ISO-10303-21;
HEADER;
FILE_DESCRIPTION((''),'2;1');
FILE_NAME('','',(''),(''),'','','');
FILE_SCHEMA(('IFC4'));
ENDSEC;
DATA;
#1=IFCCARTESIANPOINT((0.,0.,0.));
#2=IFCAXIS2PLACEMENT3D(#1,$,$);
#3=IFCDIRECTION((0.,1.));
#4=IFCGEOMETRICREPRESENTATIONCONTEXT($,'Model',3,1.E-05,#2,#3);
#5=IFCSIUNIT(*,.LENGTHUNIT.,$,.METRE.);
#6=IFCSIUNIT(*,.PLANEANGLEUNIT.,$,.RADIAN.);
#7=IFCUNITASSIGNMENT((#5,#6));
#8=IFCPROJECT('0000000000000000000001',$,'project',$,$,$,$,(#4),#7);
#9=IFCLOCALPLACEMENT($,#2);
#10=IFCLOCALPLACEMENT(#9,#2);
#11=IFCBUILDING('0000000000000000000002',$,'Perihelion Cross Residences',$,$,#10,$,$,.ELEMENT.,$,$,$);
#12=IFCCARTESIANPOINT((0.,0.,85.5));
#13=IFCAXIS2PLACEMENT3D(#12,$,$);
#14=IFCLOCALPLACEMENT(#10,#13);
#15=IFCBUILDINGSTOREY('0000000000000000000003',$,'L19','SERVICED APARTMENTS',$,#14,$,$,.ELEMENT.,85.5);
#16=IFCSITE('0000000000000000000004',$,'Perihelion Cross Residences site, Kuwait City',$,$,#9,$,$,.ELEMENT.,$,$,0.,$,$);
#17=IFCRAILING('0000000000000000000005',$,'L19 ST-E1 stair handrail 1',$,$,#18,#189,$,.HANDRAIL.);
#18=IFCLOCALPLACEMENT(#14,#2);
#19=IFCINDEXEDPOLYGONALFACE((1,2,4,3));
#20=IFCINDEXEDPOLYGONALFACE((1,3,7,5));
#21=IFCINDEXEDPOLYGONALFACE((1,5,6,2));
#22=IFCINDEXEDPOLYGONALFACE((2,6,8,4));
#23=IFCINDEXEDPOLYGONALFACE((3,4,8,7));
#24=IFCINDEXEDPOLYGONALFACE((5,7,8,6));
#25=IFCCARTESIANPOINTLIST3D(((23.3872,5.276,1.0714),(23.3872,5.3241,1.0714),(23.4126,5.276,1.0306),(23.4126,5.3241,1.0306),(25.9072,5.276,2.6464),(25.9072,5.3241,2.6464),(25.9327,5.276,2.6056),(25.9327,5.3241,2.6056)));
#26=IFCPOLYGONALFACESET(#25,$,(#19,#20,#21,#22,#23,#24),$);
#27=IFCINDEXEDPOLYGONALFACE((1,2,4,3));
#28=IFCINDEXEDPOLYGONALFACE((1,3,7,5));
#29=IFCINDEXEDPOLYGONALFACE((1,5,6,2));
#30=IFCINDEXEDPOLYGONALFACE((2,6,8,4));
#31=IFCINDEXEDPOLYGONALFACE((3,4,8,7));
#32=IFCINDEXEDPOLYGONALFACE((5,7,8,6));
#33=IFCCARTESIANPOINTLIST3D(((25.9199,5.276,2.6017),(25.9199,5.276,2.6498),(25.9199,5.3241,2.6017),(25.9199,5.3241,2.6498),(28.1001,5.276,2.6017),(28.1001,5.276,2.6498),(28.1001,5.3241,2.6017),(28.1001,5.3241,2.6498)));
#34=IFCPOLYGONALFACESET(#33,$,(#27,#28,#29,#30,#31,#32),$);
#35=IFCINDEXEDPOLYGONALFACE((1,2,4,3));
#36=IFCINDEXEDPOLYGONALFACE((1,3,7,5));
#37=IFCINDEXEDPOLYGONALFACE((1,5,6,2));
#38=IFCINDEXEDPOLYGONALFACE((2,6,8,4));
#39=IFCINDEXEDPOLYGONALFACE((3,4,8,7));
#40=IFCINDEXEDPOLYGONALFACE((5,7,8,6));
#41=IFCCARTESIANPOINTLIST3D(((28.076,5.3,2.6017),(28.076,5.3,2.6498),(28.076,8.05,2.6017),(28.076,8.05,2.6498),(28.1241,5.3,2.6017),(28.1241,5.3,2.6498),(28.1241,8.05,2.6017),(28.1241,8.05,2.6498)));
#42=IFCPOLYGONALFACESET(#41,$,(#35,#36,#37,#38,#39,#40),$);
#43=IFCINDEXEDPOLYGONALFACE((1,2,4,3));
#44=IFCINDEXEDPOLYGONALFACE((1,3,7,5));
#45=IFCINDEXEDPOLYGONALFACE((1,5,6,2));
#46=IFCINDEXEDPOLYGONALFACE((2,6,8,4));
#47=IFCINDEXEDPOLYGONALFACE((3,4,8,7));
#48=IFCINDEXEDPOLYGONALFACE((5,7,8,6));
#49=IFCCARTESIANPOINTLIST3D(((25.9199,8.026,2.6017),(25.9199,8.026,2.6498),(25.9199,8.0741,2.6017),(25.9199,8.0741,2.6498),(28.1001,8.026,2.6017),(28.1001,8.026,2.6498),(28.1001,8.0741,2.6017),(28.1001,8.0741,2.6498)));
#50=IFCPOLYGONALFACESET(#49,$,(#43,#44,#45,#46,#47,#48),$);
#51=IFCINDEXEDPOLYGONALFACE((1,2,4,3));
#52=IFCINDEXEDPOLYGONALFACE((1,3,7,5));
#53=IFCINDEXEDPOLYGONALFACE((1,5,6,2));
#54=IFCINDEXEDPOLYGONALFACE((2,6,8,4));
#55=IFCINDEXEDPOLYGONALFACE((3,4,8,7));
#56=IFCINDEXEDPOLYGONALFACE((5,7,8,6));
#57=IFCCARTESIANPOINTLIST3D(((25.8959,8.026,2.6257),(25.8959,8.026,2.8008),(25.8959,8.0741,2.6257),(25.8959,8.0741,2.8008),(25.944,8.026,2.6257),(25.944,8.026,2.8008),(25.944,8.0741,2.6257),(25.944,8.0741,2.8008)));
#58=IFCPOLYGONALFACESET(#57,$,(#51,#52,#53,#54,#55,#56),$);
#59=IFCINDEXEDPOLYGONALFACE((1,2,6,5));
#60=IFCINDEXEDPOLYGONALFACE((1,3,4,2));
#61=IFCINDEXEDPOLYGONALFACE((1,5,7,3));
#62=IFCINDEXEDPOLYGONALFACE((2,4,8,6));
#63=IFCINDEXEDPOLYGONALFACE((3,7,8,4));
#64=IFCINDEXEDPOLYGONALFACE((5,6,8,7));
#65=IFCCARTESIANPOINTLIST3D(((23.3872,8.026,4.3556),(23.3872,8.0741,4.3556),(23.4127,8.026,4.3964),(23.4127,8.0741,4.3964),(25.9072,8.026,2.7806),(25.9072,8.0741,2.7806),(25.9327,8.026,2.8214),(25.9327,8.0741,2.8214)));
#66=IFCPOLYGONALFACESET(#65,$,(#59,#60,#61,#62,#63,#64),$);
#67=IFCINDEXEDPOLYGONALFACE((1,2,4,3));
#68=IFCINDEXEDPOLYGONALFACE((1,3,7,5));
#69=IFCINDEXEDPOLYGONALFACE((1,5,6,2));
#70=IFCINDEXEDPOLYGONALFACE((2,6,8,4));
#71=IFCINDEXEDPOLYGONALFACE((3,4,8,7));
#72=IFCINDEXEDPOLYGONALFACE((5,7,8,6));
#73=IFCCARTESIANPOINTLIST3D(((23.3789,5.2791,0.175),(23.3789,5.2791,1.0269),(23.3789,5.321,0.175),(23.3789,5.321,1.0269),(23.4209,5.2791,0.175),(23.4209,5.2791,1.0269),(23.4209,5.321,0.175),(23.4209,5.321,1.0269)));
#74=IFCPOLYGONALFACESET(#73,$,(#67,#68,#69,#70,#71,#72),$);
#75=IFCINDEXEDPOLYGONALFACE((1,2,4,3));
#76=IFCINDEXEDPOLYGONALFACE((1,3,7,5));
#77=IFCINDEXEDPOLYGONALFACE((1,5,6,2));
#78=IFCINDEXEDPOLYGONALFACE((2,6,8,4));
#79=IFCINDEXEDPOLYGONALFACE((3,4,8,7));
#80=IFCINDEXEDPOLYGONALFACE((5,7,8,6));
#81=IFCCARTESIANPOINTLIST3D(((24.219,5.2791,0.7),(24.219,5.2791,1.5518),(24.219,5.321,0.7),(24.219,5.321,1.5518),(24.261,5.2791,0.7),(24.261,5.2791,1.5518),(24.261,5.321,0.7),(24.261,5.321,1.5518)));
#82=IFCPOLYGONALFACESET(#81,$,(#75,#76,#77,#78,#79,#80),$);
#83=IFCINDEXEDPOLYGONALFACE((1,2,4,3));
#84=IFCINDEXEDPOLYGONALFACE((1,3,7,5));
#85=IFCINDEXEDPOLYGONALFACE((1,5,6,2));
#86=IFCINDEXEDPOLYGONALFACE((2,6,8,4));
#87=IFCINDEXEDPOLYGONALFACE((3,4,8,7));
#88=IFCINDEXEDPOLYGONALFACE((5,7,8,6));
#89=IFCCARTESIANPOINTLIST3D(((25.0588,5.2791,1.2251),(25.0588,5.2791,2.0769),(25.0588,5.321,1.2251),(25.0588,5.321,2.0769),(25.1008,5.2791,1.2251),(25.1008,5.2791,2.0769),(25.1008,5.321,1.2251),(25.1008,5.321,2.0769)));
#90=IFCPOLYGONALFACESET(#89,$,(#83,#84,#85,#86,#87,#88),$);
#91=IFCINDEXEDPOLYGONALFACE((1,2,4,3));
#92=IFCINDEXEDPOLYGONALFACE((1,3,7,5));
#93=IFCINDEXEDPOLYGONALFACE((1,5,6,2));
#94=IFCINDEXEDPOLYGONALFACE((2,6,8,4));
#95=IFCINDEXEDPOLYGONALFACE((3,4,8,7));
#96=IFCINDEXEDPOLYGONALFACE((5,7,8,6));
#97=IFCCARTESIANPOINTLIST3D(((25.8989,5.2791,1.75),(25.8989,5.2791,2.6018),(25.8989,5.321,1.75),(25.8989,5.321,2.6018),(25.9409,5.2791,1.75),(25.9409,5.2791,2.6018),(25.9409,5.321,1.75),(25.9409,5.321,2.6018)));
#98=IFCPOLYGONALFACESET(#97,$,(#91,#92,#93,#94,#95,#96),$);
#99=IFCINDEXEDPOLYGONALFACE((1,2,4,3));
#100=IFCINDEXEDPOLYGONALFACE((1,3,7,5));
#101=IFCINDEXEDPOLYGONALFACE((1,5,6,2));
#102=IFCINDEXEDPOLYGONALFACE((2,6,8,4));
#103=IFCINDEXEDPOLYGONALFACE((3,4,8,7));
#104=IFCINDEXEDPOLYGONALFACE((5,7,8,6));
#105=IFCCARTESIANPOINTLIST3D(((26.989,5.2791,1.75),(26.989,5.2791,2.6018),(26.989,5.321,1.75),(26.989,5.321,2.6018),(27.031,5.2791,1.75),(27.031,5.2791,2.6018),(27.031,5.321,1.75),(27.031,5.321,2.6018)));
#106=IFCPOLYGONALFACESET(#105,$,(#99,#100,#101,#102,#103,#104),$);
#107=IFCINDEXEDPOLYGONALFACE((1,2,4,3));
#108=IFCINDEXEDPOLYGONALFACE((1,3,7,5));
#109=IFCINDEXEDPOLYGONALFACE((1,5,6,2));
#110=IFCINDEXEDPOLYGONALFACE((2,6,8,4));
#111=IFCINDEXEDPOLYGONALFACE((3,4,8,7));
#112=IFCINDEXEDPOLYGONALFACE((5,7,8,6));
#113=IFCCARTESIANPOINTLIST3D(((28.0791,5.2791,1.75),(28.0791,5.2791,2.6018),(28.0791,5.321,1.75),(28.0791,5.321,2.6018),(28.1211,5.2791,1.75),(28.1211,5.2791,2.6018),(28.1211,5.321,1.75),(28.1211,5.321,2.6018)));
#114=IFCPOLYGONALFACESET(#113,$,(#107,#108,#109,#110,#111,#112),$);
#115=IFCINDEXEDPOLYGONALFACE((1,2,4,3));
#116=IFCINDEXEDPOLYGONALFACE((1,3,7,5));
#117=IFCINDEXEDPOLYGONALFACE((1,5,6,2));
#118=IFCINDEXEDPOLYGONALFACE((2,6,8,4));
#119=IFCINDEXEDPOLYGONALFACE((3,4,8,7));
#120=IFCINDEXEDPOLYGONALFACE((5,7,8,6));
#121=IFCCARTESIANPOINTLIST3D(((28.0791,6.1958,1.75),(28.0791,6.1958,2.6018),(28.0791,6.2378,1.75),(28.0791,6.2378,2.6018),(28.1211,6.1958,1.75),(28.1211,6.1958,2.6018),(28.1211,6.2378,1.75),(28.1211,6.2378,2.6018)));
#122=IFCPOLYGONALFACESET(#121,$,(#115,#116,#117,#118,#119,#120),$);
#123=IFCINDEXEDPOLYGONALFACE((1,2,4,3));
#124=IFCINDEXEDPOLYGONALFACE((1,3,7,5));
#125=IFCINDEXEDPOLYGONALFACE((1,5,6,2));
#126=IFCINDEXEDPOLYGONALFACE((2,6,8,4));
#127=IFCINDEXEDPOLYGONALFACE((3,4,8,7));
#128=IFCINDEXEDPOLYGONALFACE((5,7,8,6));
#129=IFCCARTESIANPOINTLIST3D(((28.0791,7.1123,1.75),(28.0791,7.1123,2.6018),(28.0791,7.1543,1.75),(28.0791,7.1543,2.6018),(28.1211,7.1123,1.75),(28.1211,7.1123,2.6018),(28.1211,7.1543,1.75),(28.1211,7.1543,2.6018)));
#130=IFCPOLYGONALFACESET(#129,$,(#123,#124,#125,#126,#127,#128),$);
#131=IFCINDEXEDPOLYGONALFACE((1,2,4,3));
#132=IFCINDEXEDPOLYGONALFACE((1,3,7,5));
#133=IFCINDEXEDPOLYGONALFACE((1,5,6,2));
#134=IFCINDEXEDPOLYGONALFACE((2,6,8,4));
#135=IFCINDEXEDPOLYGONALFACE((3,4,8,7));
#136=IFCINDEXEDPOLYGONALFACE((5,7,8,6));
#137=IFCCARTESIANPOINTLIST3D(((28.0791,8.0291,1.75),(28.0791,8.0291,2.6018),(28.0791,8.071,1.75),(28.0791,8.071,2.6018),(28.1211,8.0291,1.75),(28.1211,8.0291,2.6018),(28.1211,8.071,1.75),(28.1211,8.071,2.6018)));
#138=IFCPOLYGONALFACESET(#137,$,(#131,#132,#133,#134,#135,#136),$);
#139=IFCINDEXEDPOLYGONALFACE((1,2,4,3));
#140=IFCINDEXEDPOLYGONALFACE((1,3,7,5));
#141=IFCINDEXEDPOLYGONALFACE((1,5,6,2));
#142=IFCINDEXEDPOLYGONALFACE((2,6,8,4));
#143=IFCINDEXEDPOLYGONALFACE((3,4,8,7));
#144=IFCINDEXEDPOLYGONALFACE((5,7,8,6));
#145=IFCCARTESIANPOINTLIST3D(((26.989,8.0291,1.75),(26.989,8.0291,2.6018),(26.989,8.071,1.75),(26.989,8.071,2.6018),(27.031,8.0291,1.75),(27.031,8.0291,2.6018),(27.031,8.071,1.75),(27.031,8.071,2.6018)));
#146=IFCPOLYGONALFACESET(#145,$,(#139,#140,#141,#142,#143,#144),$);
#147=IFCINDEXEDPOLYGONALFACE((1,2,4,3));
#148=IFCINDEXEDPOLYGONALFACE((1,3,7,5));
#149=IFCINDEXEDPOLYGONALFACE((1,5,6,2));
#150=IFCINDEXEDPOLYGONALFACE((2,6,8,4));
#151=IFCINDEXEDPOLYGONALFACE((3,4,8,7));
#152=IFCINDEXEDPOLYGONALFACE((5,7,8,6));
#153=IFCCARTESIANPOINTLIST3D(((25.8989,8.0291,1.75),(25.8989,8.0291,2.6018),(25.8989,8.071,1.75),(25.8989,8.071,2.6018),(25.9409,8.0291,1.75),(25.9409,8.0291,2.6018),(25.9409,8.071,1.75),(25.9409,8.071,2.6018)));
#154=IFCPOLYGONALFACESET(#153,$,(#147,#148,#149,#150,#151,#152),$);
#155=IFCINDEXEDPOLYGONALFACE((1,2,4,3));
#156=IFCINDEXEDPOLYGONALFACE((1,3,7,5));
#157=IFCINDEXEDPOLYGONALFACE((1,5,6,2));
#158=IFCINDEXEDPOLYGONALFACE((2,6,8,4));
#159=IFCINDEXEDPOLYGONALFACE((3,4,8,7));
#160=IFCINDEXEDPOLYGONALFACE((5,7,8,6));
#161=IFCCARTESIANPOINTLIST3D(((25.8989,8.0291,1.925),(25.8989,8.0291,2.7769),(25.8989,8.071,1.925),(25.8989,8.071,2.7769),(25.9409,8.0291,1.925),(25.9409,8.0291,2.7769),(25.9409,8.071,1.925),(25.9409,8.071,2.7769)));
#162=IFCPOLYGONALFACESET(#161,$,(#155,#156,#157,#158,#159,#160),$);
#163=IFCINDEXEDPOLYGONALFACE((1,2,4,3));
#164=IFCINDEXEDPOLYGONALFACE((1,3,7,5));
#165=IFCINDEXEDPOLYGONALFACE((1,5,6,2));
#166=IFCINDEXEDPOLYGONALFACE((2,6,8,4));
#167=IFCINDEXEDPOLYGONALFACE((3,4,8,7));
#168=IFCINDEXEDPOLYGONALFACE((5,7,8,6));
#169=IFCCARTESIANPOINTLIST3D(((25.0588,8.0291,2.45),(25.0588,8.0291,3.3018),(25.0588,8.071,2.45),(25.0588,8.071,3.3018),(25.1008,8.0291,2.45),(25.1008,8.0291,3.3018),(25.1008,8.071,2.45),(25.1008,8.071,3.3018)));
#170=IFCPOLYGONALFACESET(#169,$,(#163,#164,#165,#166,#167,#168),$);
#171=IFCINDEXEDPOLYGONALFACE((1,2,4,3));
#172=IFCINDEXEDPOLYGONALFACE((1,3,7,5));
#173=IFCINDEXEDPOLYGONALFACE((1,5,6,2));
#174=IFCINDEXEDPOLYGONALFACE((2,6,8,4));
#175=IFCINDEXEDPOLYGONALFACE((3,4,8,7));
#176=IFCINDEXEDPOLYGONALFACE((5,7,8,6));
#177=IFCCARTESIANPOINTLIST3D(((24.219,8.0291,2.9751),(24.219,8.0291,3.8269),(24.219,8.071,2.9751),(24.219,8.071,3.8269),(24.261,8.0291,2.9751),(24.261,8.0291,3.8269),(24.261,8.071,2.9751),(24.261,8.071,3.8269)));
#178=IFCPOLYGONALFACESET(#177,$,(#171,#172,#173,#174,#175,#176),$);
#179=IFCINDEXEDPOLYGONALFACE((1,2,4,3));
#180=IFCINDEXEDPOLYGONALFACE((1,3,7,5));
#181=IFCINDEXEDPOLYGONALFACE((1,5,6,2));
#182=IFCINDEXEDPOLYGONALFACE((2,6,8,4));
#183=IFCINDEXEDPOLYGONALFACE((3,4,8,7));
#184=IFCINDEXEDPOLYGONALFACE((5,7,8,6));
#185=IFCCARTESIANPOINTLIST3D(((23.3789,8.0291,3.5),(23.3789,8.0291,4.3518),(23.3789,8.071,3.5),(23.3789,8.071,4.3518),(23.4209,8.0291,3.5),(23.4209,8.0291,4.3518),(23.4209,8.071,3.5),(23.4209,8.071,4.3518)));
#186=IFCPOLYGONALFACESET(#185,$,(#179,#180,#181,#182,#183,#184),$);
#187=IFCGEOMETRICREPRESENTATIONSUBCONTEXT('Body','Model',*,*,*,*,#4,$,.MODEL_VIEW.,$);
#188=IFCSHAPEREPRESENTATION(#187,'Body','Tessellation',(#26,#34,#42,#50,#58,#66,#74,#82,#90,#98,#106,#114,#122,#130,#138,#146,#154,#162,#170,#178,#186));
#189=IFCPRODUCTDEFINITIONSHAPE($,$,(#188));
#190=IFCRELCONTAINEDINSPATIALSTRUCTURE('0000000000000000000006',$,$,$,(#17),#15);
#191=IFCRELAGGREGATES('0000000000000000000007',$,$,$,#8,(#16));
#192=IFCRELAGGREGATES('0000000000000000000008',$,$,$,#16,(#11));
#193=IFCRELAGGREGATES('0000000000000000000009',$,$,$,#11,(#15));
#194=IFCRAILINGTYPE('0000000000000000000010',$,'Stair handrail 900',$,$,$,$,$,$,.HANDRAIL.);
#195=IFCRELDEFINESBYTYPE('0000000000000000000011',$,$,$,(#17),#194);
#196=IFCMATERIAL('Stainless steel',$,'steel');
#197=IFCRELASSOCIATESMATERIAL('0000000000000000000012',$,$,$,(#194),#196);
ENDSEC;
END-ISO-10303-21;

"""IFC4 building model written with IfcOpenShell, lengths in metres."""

from ifc_helpers import new_model, si_unit, direction, frame, origin, origin_2d, place, context, subcontext, project, spatial, rectangle, extrude, material, type_object, element, save


model = new_model("IFC4")

# Units and contexts
model_context = context("Model", 3, precision=1e-05, world=origin(), true_north=direction((0.0, 1.0)))
body_context = subcontext(model_context, "Body", "Model", "MODEL_VIEW")
ifc_project = project(units=[si_unit("LENGTHUNIT", "METRE"), si_unit("PLANEANGLEUNIT", "RADIAN")], contexts=[model_context])

# Site, building, storey
site_placement = place(None, origin())
site = spatial("IfcSite", under=ifc_project, at=site_placement, Name="Perihelion Cross Residences site, Kuwait City", CompositionType="ELEMENT", RefElevation=0.0)
building_placement = place(site_placement, origin())
building = spatial("IfcBuilding", under=site, at=building_placement, Name="Perihelion Cross Residences", CompositionType="ELEMENT")
storey_placement = place(building_placement, frame((0.0, 0.0, 85.5)))
storey = spatial("IfcBuildingStorey", under=building, at=storey_placement, Name="L19", Description="SERVICED APARTMENTS", CompositionType="ELEMENT", Elevation=85.5)

# Railing
ifc_material_1 = material(Name="Stainless steel", Category="steel")
railing_type_1 = type_object("IfcRailingType", Name="Stair handrail 900", PredefinedType="HANDRAIL", material=ifc_material_1)
railing_1_placement = place(storey_placement, frame((23.3999, 5.3, 0.175)))
element("IfcRailing", 1, at=railing_1_placement, inside=storey, type_object=railing_type_1, Name="L19 ST-E1 stair handrail 1", PredefinedType="HANDRAIL", context=body_context, shape_type="SweptSolid", body=[
    extrude(rectangle(XDim=0.0481, YDim=0.0481, at=origin_2d()), frame((0.0, 0.0, 0.876), z_axis=(0.848008, 0.0, 0.529984), x_axis=(0.0, 1.0, 0.0)), (0.0, 0.0, 1.0), 2.9717),
    extrude(rectangle(XDim=0.0481, YDim=0.0481, at=origin_2d()), frame((2.52, 0.0, 2.4507), z_axis=(1.0, 0.0, 0.0), x_axis=(0.0, 1.0, 0.0)), (0.0, 0.0, 1.0), 2.1802),
    extrude(rectangle(XDim=0.0481, YDim=0.0481, at=origin_2d()), frame((4.7002, 0.0, 2.4507), z_axis=(0.0, 1.0, 0.0), x_axis=(-1.0, 0.0, 0.0)), (0.0, 0.0, 1.0), 2.75),
    extrude(rectangle(XDim=0.0481, YDim=0.0481, at=origin_2d()), frame((4.7002, 2.75, 2.4507), z_axis=(-1.0, 0.0, 0.0), x_axis=(0.0, -1.0, 0.0)), (0.0, 0.0, 1.0), 2.1802),
    extrude(rectangle(XDim=0.0481, YDim=0.0481, at=origin_2d()), frame((2.52, 2.75, 2.4507), z_axis=(0.0, 0.0, 1.0), x_axis=(1.0, 0.0, 0.0)), (0.0, 0.0, 1.0), 0.175),
    extrude(rectangle(XDim=0.0481, YDim=0.0481, at=origin_2d()), frame((2.52, 2.75, 2.626), z_axis=(-0.848008, 0.0, 0.529984), x_axis=(0.0, -1.0, 0.0)), (0.0, 0.0, 1.0), 2.9717),
    extrude(rectangle(XDim=0.042, YDim=0.042, at=origin_2d()), origin(), (0.0, 0.0, 1.0), 0.8518),
    extrude(rectangle(XDim=0.042, YDim=0.042, at=origin_2d()), frame((0.8401, 0.0, 0.5249)), (0.0, 0.0, 1.0), 0.8518),
    extrude(rectangle(XDim=0.042, YDim=0.042, at=origin_2d()), frame((1.6799, 0.0, 1.05)), (0.0, 0.0, 1.0), 0.8518),
    extrude(rectangle(XDim=0.042, YDim=0.042, at=origin_2d()), frame((2.52, 0.0, 1.575)), (0.0, 0.0, 1.0), 0.8518),
    extrude(rectangle(XDim=0.042, YDim=0.042, at=origin_2d()), frame((3.6101, 0.0, 1.575)), (0.0, 0.0, 1.0), 0.8518),
    extrude(rectangle(XDim=0.042, YDim=0.042, at=origin_2d()), frame((4.7002, 0.0, 1.575)), (0.0, 0.0, 1.0), 0.8518),
    extrude(rectangle(XDim=0.042, YDim=0.042, at=origin_2d()), frame((4.7002, 0.9167, 1.575)), (0.0, 0.0, 1.0), 0.8518),
    extrude(rectangle(XDim=0.042, YDim=0.042, at=origin_2d()), frame((4.7002, 1.8333, 1.575)), (0.0, 0.0, 1.0), 0.8518),
    extrude(rectangle(XDim=0.042, YDim=0.042, at=origin_2d()), frame((4.7002, 2.75, 1.575)), (0.0, 0.0, 1.0), 0.8518),
    extrude(rectangle(XDim=0.042, YDim=0.042, at=origin_2d()), frame((3.6101, 2.75, 1.575)), (0.0, 0.0, 1.0), 0.8518),
    extrude(rectangle(XDim=0.042, YDim=0.042, at=origin_2d()), frame((2.52, 2.75, 1.575)), (0.0, 0.0, 1.0), 0.8518),
    extrude(rectangle(XDim=0.042, YDim=0.042, at=origin_2d()), frame((2.52, 2.75, 1.75)), (0.0, 0.0, 1.0), 0.8518),
    extrude(rectangle(XDim=0.042, YDim=0.042, at=origin_2d()), frame((1.6799, 2.75, 2.2749)), (0.0, 0.0, 1.0), 0.8518),
    extrude(rectangle(XDim=0.042, YDim=0.042, at=origin_2d()), frame((0.8401, 2.75, 2.8)), (0.0, 0.0, 1.0), 0.8518),
    extrude(rectangle(XDim=0.042, YDim=0.042, at=origin_2d()), frame((0.0, 2.75, 3.325)), (0.0, 0.0, 1.0), 0.8518),
])

save(model, "model.ifc")
